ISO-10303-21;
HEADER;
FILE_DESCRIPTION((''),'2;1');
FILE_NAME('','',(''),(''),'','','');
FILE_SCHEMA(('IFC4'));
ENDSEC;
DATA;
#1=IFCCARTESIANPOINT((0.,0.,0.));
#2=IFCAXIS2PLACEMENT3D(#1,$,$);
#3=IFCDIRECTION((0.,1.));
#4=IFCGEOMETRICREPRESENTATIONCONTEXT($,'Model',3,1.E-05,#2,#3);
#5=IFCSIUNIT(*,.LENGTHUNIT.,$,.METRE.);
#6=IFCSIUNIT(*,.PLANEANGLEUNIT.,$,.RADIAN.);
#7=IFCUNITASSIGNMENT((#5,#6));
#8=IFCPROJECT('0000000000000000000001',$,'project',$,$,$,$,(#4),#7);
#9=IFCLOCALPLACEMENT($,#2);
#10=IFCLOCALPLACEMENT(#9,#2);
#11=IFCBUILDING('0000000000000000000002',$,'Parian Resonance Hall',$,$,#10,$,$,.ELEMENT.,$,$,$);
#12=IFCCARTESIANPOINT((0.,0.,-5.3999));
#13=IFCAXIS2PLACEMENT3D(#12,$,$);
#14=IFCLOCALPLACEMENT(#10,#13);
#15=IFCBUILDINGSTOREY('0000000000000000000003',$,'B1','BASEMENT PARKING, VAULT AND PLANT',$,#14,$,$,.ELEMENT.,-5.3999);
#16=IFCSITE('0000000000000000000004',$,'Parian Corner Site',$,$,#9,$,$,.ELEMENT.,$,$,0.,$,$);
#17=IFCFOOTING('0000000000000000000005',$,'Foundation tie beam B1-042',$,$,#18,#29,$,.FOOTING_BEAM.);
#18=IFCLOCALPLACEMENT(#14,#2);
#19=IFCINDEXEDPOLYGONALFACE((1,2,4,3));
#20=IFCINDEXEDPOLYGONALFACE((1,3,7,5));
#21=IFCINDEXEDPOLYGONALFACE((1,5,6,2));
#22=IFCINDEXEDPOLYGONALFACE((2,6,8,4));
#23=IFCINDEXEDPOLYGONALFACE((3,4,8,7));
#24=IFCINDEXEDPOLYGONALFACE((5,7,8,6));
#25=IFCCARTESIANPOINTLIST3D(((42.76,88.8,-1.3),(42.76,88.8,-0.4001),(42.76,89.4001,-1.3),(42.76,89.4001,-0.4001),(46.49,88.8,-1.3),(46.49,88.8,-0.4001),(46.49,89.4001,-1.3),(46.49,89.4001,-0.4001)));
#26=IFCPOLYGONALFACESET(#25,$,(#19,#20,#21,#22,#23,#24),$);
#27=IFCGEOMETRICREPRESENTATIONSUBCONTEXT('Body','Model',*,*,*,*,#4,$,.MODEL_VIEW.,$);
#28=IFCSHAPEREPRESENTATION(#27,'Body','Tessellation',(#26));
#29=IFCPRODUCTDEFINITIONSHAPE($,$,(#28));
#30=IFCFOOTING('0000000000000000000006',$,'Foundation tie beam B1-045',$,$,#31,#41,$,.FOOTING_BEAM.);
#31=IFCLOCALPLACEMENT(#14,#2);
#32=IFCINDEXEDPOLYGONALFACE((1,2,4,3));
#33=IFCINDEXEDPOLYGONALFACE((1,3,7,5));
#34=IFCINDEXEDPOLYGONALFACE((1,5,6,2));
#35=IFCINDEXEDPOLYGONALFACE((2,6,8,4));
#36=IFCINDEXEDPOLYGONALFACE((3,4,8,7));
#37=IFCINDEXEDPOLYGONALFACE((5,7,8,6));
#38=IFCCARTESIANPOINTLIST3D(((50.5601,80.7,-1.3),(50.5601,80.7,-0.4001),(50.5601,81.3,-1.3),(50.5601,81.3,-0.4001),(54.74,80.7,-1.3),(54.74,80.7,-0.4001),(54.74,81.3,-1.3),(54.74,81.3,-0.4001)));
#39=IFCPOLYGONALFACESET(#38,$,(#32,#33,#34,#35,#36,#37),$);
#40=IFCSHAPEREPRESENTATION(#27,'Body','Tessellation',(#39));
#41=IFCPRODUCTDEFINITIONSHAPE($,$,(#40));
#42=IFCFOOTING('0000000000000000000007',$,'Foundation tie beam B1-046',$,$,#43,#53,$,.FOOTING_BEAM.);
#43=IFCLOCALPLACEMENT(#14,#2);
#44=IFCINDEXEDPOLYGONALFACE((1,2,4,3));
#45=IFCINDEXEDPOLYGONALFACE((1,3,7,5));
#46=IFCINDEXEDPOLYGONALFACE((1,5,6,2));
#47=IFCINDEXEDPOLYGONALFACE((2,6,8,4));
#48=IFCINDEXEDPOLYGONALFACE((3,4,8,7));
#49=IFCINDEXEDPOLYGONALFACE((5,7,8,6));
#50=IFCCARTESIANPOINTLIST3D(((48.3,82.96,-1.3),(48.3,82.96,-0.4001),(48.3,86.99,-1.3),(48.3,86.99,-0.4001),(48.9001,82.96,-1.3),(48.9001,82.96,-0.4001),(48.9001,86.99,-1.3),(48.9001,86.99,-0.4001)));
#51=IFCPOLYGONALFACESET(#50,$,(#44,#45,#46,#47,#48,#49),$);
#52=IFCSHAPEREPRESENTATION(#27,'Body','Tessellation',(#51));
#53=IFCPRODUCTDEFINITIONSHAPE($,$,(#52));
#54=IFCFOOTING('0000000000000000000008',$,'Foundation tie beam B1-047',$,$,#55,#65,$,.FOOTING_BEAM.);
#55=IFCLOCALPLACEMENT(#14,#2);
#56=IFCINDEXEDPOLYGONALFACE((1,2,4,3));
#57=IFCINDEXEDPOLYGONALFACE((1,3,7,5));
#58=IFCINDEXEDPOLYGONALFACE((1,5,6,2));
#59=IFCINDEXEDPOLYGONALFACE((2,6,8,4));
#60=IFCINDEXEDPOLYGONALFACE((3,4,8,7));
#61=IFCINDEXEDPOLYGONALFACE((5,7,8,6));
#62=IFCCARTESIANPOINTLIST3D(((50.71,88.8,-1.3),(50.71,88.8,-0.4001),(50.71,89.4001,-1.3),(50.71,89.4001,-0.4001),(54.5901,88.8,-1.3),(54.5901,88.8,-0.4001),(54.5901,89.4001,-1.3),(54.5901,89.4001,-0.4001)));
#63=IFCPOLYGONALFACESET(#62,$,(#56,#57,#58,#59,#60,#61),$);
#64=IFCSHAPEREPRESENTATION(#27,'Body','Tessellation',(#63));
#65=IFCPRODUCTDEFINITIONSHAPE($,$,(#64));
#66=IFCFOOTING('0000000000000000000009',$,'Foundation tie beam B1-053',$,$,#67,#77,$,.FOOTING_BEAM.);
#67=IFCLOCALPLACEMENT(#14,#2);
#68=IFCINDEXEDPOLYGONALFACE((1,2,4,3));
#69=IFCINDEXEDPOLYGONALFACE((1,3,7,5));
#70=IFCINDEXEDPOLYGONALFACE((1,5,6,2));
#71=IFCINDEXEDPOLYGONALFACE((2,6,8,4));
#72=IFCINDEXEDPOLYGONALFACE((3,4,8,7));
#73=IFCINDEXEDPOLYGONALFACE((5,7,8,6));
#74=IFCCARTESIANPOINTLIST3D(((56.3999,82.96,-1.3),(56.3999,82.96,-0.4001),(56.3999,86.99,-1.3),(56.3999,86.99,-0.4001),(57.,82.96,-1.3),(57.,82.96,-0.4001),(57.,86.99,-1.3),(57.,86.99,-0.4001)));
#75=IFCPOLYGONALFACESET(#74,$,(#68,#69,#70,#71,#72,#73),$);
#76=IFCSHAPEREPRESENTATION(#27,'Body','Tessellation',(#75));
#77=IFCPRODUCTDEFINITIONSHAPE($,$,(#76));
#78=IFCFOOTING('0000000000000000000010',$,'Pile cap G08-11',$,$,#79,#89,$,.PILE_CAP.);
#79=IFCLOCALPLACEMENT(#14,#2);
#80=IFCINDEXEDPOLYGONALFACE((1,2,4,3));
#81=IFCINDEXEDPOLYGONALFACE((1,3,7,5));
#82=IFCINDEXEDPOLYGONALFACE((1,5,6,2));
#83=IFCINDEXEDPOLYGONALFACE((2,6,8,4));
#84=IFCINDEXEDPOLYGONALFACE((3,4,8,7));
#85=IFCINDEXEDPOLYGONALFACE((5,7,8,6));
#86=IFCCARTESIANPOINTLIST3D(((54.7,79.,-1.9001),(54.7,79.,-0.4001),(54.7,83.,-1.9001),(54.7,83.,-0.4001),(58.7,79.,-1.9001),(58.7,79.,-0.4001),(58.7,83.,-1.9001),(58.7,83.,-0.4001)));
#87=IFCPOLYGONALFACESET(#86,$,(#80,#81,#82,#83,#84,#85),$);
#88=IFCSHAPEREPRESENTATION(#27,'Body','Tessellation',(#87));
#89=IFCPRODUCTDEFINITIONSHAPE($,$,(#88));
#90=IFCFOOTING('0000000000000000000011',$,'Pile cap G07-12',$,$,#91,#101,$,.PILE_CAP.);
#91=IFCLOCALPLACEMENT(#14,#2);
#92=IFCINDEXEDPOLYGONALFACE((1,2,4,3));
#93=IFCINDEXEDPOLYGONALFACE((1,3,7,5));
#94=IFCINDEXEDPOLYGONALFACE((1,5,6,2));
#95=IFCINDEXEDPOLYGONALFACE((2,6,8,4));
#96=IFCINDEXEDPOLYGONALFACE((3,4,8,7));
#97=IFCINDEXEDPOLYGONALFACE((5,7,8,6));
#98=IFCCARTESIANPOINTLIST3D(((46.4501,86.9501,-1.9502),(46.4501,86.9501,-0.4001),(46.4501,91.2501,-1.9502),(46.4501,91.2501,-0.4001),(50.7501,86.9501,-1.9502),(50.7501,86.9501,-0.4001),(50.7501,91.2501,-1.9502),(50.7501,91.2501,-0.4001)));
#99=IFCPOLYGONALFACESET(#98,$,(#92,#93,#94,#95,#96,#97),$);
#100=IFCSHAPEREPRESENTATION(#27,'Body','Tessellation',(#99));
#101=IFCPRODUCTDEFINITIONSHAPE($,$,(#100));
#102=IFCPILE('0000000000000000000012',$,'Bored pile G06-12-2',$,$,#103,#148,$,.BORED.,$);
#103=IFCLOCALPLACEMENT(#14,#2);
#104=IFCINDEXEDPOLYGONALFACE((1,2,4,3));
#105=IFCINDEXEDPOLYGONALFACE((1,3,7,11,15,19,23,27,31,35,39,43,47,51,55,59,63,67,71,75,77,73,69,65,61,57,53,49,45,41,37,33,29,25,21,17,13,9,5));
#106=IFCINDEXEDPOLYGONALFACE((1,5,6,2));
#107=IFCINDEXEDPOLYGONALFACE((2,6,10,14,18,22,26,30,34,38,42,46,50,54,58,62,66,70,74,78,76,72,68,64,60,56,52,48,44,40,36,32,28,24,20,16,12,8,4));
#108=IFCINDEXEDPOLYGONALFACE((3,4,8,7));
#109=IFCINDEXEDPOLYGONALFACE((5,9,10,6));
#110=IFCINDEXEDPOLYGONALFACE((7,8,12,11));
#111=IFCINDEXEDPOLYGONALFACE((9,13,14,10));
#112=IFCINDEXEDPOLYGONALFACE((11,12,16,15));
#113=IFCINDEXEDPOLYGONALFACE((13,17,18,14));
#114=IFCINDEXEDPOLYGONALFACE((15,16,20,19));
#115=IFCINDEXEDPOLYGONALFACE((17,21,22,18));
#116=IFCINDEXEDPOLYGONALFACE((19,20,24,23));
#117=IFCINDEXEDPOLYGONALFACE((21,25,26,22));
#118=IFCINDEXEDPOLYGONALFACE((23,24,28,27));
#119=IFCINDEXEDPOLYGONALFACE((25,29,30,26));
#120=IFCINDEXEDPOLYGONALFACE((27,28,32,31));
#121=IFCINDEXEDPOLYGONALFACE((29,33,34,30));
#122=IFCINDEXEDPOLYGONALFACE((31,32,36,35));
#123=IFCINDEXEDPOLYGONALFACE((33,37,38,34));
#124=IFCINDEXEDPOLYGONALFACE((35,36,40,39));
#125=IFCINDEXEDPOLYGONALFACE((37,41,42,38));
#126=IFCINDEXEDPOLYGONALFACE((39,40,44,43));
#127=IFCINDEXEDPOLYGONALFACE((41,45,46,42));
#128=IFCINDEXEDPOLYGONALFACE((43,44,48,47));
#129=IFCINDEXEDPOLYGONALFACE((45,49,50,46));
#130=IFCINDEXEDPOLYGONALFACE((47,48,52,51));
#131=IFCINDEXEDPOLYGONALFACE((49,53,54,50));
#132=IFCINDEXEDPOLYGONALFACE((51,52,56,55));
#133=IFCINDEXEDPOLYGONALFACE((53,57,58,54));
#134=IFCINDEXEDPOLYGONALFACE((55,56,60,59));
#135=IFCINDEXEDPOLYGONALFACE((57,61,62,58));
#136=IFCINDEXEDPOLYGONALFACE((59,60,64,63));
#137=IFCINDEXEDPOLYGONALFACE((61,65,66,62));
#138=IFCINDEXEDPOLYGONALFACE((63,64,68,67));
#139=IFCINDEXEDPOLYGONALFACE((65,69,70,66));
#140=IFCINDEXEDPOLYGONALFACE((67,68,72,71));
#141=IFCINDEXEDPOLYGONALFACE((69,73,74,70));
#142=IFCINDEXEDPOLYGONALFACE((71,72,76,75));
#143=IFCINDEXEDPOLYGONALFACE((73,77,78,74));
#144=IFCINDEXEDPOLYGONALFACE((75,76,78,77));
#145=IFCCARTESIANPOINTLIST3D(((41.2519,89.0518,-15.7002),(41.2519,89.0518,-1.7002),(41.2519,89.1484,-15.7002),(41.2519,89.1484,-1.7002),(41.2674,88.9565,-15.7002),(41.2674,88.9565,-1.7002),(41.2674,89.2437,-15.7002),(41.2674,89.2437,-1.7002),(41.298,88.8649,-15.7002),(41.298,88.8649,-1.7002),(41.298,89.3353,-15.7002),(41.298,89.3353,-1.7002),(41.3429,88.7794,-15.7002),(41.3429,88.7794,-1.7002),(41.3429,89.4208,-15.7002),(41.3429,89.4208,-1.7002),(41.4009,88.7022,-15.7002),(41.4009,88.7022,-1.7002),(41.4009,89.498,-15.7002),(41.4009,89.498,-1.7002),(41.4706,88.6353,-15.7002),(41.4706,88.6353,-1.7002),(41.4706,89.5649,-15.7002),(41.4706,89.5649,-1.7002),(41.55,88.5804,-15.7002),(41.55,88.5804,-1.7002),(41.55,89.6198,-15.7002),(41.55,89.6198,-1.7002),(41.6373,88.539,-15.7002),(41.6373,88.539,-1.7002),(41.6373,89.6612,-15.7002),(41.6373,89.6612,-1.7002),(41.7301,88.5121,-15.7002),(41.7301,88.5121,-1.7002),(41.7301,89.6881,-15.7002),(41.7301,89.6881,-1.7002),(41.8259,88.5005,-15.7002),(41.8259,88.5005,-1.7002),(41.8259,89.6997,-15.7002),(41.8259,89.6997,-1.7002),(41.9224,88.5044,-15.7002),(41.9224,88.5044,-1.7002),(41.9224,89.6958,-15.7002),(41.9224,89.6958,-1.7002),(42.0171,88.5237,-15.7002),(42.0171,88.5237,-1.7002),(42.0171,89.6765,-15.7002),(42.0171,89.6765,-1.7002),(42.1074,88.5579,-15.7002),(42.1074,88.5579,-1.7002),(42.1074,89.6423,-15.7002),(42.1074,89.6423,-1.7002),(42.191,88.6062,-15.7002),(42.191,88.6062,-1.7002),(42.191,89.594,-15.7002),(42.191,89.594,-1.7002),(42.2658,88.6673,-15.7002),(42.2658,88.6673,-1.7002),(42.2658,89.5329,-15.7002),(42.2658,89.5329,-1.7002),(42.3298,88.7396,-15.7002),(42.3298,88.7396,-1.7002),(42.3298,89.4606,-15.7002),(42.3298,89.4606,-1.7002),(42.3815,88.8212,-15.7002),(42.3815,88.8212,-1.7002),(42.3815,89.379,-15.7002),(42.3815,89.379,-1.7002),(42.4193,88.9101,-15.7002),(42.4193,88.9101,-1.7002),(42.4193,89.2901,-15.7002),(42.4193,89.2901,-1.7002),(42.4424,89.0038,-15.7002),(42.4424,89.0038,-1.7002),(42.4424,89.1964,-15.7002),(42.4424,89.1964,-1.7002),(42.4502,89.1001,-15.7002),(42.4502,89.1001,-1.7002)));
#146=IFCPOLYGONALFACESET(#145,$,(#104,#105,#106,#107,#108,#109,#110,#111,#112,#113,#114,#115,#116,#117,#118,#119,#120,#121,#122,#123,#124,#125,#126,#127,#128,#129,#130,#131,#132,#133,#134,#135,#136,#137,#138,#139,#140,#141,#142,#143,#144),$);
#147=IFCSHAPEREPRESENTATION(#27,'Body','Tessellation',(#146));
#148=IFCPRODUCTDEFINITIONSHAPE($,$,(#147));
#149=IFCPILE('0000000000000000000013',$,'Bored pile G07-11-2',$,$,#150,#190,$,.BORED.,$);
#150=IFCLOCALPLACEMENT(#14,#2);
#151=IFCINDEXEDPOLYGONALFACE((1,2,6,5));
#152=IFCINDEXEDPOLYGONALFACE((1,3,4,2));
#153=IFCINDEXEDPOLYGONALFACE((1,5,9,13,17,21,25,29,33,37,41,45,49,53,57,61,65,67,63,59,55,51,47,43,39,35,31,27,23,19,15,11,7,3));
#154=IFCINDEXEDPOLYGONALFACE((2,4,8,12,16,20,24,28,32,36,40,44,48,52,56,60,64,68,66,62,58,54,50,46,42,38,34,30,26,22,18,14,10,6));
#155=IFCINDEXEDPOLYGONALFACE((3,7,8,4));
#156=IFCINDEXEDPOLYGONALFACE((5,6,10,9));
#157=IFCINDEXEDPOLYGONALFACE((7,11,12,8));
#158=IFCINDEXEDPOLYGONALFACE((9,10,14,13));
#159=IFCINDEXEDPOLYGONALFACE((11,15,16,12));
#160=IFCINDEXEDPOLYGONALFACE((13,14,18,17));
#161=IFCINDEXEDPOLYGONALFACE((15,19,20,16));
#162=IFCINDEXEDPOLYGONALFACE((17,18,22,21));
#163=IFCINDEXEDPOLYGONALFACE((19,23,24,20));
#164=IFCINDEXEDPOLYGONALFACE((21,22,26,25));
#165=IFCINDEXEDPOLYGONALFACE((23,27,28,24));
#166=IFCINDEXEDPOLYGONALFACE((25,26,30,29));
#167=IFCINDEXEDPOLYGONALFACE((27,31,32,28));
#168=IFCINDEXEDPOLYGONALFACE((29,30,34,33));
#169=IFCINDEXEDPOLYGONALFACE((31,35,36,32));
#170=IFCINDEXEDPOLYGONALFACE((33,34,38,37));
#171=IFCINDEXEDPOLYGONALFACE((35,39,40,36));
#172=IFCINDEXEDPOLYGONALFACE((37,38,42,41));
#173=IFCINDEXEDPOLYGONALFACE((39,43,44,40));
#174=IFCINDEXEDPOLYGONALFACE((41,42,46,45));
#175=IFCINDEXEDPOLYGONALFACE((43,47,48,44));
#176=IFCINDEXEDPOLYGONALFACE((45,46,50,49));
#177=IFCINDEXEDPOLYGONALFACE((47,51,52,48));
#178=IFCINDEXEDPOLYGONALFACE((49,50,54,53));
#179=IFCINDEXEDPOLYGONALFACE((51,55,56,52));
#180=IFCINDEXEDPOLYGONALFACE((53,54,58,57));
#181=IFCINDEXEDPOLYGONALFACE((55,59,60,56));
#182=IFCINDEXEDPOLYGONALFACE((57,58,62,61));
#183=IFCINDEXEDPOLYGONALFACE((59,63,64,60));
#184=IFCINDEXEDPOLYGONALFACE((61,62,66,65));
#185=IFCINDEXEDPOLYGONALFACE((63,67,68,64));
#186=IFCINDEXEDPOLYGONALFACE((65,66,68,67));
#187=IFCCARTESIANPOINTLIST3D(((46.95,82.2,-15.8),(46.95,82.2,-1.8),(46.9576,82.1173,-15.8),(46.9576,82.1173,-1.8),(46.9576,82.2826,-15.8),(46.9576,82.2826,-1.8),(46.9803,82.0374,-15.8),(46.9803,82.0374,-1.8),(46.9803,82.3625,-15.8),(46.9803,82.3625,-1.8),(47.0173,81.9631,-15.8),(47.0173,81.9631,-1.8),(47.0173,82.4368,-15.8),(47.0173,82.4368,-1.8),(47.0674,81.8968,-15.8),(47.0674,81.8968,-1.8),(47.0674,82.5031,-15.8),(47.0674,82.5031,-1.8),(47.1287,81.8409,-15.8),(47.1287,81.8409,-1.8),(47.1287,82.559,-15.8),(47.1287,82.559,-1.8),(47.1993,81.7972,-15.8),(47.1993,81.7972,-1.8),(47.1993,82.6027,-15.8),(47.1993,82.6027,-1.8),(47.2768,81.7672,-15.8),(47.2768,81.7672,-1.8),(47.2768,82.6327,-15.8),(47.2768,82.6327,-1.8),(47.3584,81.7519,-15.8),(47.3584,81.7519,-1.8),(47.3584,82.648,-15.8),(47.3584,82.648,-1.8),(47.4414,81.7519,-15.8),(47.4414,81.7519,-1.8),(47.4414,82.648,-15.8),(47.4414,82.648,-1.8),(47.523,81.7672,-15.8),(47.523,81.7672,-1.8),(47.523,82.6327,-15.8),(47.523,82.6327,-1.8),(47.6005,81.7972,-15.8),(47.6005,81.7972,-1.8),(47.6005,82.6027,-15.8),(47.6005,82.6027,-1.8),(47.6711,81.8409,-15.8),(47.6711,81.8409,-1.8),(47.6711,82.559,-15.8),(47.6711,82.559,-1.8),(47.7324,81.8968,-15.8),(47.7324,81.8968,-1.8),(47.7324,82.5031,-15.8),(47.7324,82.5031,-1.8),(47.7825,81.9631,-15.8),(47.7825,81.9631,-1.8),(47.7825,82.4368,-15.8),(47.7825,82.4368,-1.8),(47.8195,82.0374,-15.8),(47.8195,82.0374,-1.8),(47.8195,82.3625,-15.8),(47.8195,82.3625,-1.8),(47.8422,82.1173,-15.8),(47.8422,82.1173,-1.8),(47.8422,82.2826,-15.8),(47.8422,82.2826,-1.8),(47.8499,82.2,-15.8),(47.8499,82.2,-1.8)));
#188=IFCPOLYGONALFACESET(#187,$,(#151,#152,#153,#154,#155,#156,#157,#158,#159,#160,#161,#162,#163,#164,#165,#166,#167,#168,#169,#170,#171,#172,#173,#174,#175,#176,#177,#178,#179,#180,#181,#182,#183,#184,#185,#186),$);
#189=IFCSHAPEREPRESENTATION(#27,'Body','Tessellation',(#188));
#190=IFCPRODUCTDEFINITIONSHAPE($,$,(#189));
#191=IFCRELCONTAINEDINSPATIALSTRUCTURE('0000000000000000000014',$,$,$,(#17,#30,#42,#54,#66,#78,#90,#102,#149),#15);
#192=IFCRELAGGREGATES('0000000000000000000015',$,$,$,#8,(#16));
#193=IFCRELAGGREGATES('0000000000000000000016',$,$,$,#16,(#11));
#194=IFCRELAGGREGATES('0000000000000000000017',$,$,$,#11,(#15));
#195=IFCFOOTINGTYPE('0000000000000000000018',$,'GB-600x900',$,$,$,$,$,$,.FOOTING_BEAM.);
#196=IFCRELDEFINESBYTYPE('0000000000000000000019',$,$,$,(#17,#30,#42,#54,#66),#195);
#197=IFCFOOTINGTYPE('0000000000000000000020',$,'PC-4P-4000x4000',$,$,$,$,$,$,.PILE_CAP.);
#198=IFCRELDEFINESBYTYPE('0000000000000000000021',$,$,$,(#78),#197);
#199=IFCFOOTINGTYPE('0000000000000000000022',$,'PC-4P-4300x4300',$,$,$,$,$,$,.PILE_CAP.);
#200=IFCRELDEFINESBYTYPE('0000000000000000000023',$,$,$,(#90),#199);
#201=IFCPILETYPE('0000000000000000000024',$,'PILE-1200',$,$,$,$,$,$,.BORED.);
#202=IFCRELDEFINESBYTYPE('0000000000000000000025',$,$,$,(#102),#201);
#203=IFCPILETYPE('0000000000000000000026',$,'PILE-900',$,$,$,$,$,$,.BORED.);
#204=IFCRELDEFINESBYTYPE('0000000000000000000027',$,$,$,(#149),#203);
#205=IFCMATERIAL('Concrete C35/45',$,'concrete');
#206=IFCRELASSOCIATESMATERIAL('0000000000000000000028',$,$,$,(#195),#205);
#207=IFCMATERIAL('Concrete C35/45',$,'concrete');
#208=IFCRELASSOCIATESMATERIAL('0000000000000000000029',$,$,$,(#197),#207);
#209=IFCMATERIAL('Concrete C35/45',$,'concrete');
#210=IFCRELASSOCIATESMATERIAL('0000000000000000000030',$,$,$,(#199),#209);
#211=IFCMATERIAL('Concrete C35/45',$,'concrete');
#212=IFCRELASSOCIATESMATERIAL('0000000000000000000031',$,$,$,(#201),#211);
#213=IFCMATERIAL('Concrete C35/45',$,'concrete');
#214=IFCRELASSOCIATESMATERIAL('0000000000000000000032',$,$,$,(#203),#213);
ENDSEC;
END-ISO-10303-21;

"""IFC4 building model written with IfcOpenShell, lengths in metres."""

from ifc_helpers import new_model, si_unit, direction, frame, origin, origin_2d, place, context, subcontext, project, spatial, rectangle, circle, extrude, material, material_profile, profile_set, type_object, element, save


model = new_model("IFC4")

# Units and contexts
model_context = context("Model", 3, precision=1e-05, world=origin(), true_north=direction((0.0, 1.0)))
body_context = subcontext(model_context, "Body", "Model", "MODEL_VIEW")
ifc_project = project(units=[si_unit("LENGTHUNIT", "METRE"), si_unit("PLANEANGLEUNIT", "RADIAN")], contexts=[model_context])

# Site, building, storey
site_placement = place(None, origin())
site = spatial("IfcSite", under=ifc_project, at=site_placement, Name="Parian Corner Site", CompositionType="ELEMENT", RefElevation=0.0)
building_placement = place(site_placement, origin())
building = spatial("IfcBuilding", under=site, at=building_placement, Name="Parian Resonance Hall", CompositionType="ELEMENT")
storey_placement = place(building_placement, frame((0.0, 0.0, -5.3999)))
storey = spatial("IfcBuildingStorey", under=building, at=storey_placement, Name="B1", Description="BASEMENT PARKING, VAULT AND PLANT", CompositionType="ELEMENT", Elevation=-5.3999)

# Footings
ifc_material_1 = material(Name="Concrete C35/45", Category="concrete")
ifc_material_profile_1 = material_profile(ifc_material_1, rectangle(XDim=0.6001, YDim=0.8999, at=origin_2d()), Name="RC-GB-600x900")
ifc_profile_set_1 = profile_set([ifc_material_profile_1], Name="Concrete C35/45")
footing_type_1 = type_object("IfcFootingType", Name="GB-600x900", PredefinedType="FOOTING_BEAM", material=ifc_profile_set_1)
footing_1_placement = place(storey_placement, frame((42.76, 89.1001, -0.8501), z_axis=(1.0, 0.0, 0.0), x_axis=(0.0, 1.0, 0.0)))
element("IfcFooting", 1, at=footing_1_placement, inside=storey, type_object=footing_type_1, Name="Foundation tie beam B1-042", PredefinedType="FOOTING_BEAM", context=body_context, shape_type="SweptSolid", body=[
    extrude(rectangle(XDim=0.6001, YDim=0.8999, at=origin_2d()), origin(), (0.0, 0.0, 1.0), 3.73),
])
footing_2_placement = place(storey_placement, frame((50.5601, 81.0, -0.8501), z_axis=(1.0, 0.0, 0.0), x_axis=(0.0, 1.0, 0.0)))
element("IfcFooting", 2, at=footing_2_placement, inside=storey, type_object=footing_type_1, Name="Foundation tie beam B1-045", PredefinedType="FOOTING_BEAM", context=body_context, shape_type="SweptSolid", body=[
    extrude(rectangle(XDim=0.6001, YDim=0.8999, at=origin_2d()), origin(), (0.0, 0.0, 1.0), 4.1799),
])
footing_3_placement = place(storey_placement, frame((48.6001, 82.96, -0.8501), z_axis=(0.0, 1.0, 0.0), x_axis=(-1.0, 0.0, 0.0)))
element("IfcFooting", 3, at=footing_3_placement, inside=storey, type_object=footing_type_1, Name="Foundation tie beam B1-046", PredefinedType="FOOTING_BEAM", context=body_context, shape_type="SweptSolid", body=[
    extrude(rectangle(XDim=0.6001, YDim=0.8999, at=origin_2d()), origin(), (0.0, 0.0, 1.0), 4.03),
])
footing_4_placement = place(storey_placement, frame((50.71, 89.1001, -0.8501), z_axis=(1.0, 0.0, 0.0), x_axis=(0.0, 1.0, 0.0)))
element("IfcFooting", 4, at=footing_4_placement, inside=storey, type_object=footing_type_1, Name="Foundation tie beam B1-047", PredefinedType="FOOTING_BEAM", context=body_context, shape_type="SweptSolid", body=[
    extrude(rectangle(XDim=0.6001, YDim=0.8999, at=origin_2d()), origin(), (0.0, 0.0, 1.0), 3.8801),
])
footing_5_placement = place(storey_placement, frame((56.7, 82.96, -0.8501), z_axis=(0.0, 1.0, 0.0), x_axis=(-1.0, 0.0, 0.0)))
element("IfcFooting", 5, at=footing_5_placement, inside=storey, type_object=footing_type_1, Name="Foundation tie beam B1-053", PredefinedType="FOOTING_BEAM", context=body_context, shape_type="SweptSolid", body=[
    extrude(rectangle(XDim=0.6001, YDim=0.8999, at=origin_2d()), origin(), (0.0, 0.0, 1.0), 4.03),
])
ifc_material_2 = material(Name="Concrete C35/45", Category="concrete")
footing_type_2 = type_object("IfcFootingType", Name="PC-4P-4000x4000", PredefinedType="PILE_CAP", material=ifc_material_2)
footing_6_placement = place(storey_placement, frame((56.7, 81.0, -1.9001), z_axis=(0.0, 0.0, 1.0), x_axis=(1.0, 0.0, 0.0)))
element("IfcFooting", 6, at=footing_6_placement, inside=storey, type_object=footing_type_2, Name="Pile cap G08-11", PredefinedType="PILE_CAP", context=body_context, shape_type="SweptSolid", body=[
    extrude(rectangle(XDim=4.0, YDim=4.0, at=origin_2d()), origin(), (0.0, 0.0, 1.0), 1.5),
])
ifc_material_3 = material(Name="Concrete C35/45", Category="concrete")
footing_type_3 = type_object("IfcFootingType", Name="PC-4P-4300x4300", PredefinedType="PILE_CAP", material=ifc_material_3)
footing_7_placement = place(storey_placement, frame((48.6001, 89.1001, -1.9502), z_axis=(0.0, 0.0, 1.0), x_axis=(1.0, 0.0, 0.0)))
element("IfcFooting", 7, at=footing_7_placement, inside=storey, type_object=footing_type_3, Name="Pile cap G07-12", PredefinedType="PILE_CAP", context=body_context, shape_type="SweptSolid", body=[
    extrude(rectangle(XDim=4.3, YDim=4.3, at=origin_2d()), origin(), (0.0, 0.0, 1.0), 1.55),
])

# Piles
ifc_material_4 = material(Name="Concrete C35/45", Category="concrete")
ifc_material_profile_2 = material_profile(ifc_material_4, circle(Radius=0.6001, at=origin_2d()), Name="PILE-D1200")
ifc_profile_set_2 = profile_set([ifc_material_profile_2], Name="Concrete C35/45")
pile_type_1 = type_object("IfcPileType", Name="PILE-1200", PredefinedType="BORED", material=ifc_profile_set_2)
pile_placement = place(storey_placement, frame((41.8501, 89.1001, -1.7002), z_axis=(0.0, 0.0, -1.0), x_axis=(1.0, 0.0, 0.0)))
element("IfcPile", 8, at=pile_placement, inside=storey, type_object=pile_type_1, Name="Bored pile G06-12-2", PredefinedType="BORED", context=body_context, shape_type="SweptSolid", body=[
    extrude(circle(Radius=0.6001, at=origin_2d()), origin(), (0.0, 0.0, 1.0), 14.0),
])
ifc_material_5 = material(Name="Concrete C35/45", Category="concrete")
ifc_material_profile_3 = material_profile(ifc_material_5, circle(Radius=0.45, at=origin_2d()), Name="PILE-D900")
ifc_profile_set_3 = profile_set([ifc_material_profile_3], Name="Concrete C35/45")
pile_type_2 = type_object("IfcPileType", Name="PILE-900", PredefinedType="BORED", material=ifc_profile_set_3)
for number, where, z_axis, x_axis, name in (
    (9, (47.3999, 82.2, -1.8), (0.0, 0.0, -1.0), (1.0, 0.0, 0.0), "Bored pile G07-11-2"),
):
    element("IfcPile", number, at=place(storey_placement, frame(where, z_axis=z_axis, x_axis=x_axis)), inside=storey, type_object=pile_type_2, Name=name, PredefinedType="BORED", context=body_context, shape_type="SweptSolid", body=[
        extrude(circle(Radius=0.45, at=origin_2d()), origin(), (0.0, 0.0, 1.0), 14.0),
    ])

save(model, "model.ifc")
